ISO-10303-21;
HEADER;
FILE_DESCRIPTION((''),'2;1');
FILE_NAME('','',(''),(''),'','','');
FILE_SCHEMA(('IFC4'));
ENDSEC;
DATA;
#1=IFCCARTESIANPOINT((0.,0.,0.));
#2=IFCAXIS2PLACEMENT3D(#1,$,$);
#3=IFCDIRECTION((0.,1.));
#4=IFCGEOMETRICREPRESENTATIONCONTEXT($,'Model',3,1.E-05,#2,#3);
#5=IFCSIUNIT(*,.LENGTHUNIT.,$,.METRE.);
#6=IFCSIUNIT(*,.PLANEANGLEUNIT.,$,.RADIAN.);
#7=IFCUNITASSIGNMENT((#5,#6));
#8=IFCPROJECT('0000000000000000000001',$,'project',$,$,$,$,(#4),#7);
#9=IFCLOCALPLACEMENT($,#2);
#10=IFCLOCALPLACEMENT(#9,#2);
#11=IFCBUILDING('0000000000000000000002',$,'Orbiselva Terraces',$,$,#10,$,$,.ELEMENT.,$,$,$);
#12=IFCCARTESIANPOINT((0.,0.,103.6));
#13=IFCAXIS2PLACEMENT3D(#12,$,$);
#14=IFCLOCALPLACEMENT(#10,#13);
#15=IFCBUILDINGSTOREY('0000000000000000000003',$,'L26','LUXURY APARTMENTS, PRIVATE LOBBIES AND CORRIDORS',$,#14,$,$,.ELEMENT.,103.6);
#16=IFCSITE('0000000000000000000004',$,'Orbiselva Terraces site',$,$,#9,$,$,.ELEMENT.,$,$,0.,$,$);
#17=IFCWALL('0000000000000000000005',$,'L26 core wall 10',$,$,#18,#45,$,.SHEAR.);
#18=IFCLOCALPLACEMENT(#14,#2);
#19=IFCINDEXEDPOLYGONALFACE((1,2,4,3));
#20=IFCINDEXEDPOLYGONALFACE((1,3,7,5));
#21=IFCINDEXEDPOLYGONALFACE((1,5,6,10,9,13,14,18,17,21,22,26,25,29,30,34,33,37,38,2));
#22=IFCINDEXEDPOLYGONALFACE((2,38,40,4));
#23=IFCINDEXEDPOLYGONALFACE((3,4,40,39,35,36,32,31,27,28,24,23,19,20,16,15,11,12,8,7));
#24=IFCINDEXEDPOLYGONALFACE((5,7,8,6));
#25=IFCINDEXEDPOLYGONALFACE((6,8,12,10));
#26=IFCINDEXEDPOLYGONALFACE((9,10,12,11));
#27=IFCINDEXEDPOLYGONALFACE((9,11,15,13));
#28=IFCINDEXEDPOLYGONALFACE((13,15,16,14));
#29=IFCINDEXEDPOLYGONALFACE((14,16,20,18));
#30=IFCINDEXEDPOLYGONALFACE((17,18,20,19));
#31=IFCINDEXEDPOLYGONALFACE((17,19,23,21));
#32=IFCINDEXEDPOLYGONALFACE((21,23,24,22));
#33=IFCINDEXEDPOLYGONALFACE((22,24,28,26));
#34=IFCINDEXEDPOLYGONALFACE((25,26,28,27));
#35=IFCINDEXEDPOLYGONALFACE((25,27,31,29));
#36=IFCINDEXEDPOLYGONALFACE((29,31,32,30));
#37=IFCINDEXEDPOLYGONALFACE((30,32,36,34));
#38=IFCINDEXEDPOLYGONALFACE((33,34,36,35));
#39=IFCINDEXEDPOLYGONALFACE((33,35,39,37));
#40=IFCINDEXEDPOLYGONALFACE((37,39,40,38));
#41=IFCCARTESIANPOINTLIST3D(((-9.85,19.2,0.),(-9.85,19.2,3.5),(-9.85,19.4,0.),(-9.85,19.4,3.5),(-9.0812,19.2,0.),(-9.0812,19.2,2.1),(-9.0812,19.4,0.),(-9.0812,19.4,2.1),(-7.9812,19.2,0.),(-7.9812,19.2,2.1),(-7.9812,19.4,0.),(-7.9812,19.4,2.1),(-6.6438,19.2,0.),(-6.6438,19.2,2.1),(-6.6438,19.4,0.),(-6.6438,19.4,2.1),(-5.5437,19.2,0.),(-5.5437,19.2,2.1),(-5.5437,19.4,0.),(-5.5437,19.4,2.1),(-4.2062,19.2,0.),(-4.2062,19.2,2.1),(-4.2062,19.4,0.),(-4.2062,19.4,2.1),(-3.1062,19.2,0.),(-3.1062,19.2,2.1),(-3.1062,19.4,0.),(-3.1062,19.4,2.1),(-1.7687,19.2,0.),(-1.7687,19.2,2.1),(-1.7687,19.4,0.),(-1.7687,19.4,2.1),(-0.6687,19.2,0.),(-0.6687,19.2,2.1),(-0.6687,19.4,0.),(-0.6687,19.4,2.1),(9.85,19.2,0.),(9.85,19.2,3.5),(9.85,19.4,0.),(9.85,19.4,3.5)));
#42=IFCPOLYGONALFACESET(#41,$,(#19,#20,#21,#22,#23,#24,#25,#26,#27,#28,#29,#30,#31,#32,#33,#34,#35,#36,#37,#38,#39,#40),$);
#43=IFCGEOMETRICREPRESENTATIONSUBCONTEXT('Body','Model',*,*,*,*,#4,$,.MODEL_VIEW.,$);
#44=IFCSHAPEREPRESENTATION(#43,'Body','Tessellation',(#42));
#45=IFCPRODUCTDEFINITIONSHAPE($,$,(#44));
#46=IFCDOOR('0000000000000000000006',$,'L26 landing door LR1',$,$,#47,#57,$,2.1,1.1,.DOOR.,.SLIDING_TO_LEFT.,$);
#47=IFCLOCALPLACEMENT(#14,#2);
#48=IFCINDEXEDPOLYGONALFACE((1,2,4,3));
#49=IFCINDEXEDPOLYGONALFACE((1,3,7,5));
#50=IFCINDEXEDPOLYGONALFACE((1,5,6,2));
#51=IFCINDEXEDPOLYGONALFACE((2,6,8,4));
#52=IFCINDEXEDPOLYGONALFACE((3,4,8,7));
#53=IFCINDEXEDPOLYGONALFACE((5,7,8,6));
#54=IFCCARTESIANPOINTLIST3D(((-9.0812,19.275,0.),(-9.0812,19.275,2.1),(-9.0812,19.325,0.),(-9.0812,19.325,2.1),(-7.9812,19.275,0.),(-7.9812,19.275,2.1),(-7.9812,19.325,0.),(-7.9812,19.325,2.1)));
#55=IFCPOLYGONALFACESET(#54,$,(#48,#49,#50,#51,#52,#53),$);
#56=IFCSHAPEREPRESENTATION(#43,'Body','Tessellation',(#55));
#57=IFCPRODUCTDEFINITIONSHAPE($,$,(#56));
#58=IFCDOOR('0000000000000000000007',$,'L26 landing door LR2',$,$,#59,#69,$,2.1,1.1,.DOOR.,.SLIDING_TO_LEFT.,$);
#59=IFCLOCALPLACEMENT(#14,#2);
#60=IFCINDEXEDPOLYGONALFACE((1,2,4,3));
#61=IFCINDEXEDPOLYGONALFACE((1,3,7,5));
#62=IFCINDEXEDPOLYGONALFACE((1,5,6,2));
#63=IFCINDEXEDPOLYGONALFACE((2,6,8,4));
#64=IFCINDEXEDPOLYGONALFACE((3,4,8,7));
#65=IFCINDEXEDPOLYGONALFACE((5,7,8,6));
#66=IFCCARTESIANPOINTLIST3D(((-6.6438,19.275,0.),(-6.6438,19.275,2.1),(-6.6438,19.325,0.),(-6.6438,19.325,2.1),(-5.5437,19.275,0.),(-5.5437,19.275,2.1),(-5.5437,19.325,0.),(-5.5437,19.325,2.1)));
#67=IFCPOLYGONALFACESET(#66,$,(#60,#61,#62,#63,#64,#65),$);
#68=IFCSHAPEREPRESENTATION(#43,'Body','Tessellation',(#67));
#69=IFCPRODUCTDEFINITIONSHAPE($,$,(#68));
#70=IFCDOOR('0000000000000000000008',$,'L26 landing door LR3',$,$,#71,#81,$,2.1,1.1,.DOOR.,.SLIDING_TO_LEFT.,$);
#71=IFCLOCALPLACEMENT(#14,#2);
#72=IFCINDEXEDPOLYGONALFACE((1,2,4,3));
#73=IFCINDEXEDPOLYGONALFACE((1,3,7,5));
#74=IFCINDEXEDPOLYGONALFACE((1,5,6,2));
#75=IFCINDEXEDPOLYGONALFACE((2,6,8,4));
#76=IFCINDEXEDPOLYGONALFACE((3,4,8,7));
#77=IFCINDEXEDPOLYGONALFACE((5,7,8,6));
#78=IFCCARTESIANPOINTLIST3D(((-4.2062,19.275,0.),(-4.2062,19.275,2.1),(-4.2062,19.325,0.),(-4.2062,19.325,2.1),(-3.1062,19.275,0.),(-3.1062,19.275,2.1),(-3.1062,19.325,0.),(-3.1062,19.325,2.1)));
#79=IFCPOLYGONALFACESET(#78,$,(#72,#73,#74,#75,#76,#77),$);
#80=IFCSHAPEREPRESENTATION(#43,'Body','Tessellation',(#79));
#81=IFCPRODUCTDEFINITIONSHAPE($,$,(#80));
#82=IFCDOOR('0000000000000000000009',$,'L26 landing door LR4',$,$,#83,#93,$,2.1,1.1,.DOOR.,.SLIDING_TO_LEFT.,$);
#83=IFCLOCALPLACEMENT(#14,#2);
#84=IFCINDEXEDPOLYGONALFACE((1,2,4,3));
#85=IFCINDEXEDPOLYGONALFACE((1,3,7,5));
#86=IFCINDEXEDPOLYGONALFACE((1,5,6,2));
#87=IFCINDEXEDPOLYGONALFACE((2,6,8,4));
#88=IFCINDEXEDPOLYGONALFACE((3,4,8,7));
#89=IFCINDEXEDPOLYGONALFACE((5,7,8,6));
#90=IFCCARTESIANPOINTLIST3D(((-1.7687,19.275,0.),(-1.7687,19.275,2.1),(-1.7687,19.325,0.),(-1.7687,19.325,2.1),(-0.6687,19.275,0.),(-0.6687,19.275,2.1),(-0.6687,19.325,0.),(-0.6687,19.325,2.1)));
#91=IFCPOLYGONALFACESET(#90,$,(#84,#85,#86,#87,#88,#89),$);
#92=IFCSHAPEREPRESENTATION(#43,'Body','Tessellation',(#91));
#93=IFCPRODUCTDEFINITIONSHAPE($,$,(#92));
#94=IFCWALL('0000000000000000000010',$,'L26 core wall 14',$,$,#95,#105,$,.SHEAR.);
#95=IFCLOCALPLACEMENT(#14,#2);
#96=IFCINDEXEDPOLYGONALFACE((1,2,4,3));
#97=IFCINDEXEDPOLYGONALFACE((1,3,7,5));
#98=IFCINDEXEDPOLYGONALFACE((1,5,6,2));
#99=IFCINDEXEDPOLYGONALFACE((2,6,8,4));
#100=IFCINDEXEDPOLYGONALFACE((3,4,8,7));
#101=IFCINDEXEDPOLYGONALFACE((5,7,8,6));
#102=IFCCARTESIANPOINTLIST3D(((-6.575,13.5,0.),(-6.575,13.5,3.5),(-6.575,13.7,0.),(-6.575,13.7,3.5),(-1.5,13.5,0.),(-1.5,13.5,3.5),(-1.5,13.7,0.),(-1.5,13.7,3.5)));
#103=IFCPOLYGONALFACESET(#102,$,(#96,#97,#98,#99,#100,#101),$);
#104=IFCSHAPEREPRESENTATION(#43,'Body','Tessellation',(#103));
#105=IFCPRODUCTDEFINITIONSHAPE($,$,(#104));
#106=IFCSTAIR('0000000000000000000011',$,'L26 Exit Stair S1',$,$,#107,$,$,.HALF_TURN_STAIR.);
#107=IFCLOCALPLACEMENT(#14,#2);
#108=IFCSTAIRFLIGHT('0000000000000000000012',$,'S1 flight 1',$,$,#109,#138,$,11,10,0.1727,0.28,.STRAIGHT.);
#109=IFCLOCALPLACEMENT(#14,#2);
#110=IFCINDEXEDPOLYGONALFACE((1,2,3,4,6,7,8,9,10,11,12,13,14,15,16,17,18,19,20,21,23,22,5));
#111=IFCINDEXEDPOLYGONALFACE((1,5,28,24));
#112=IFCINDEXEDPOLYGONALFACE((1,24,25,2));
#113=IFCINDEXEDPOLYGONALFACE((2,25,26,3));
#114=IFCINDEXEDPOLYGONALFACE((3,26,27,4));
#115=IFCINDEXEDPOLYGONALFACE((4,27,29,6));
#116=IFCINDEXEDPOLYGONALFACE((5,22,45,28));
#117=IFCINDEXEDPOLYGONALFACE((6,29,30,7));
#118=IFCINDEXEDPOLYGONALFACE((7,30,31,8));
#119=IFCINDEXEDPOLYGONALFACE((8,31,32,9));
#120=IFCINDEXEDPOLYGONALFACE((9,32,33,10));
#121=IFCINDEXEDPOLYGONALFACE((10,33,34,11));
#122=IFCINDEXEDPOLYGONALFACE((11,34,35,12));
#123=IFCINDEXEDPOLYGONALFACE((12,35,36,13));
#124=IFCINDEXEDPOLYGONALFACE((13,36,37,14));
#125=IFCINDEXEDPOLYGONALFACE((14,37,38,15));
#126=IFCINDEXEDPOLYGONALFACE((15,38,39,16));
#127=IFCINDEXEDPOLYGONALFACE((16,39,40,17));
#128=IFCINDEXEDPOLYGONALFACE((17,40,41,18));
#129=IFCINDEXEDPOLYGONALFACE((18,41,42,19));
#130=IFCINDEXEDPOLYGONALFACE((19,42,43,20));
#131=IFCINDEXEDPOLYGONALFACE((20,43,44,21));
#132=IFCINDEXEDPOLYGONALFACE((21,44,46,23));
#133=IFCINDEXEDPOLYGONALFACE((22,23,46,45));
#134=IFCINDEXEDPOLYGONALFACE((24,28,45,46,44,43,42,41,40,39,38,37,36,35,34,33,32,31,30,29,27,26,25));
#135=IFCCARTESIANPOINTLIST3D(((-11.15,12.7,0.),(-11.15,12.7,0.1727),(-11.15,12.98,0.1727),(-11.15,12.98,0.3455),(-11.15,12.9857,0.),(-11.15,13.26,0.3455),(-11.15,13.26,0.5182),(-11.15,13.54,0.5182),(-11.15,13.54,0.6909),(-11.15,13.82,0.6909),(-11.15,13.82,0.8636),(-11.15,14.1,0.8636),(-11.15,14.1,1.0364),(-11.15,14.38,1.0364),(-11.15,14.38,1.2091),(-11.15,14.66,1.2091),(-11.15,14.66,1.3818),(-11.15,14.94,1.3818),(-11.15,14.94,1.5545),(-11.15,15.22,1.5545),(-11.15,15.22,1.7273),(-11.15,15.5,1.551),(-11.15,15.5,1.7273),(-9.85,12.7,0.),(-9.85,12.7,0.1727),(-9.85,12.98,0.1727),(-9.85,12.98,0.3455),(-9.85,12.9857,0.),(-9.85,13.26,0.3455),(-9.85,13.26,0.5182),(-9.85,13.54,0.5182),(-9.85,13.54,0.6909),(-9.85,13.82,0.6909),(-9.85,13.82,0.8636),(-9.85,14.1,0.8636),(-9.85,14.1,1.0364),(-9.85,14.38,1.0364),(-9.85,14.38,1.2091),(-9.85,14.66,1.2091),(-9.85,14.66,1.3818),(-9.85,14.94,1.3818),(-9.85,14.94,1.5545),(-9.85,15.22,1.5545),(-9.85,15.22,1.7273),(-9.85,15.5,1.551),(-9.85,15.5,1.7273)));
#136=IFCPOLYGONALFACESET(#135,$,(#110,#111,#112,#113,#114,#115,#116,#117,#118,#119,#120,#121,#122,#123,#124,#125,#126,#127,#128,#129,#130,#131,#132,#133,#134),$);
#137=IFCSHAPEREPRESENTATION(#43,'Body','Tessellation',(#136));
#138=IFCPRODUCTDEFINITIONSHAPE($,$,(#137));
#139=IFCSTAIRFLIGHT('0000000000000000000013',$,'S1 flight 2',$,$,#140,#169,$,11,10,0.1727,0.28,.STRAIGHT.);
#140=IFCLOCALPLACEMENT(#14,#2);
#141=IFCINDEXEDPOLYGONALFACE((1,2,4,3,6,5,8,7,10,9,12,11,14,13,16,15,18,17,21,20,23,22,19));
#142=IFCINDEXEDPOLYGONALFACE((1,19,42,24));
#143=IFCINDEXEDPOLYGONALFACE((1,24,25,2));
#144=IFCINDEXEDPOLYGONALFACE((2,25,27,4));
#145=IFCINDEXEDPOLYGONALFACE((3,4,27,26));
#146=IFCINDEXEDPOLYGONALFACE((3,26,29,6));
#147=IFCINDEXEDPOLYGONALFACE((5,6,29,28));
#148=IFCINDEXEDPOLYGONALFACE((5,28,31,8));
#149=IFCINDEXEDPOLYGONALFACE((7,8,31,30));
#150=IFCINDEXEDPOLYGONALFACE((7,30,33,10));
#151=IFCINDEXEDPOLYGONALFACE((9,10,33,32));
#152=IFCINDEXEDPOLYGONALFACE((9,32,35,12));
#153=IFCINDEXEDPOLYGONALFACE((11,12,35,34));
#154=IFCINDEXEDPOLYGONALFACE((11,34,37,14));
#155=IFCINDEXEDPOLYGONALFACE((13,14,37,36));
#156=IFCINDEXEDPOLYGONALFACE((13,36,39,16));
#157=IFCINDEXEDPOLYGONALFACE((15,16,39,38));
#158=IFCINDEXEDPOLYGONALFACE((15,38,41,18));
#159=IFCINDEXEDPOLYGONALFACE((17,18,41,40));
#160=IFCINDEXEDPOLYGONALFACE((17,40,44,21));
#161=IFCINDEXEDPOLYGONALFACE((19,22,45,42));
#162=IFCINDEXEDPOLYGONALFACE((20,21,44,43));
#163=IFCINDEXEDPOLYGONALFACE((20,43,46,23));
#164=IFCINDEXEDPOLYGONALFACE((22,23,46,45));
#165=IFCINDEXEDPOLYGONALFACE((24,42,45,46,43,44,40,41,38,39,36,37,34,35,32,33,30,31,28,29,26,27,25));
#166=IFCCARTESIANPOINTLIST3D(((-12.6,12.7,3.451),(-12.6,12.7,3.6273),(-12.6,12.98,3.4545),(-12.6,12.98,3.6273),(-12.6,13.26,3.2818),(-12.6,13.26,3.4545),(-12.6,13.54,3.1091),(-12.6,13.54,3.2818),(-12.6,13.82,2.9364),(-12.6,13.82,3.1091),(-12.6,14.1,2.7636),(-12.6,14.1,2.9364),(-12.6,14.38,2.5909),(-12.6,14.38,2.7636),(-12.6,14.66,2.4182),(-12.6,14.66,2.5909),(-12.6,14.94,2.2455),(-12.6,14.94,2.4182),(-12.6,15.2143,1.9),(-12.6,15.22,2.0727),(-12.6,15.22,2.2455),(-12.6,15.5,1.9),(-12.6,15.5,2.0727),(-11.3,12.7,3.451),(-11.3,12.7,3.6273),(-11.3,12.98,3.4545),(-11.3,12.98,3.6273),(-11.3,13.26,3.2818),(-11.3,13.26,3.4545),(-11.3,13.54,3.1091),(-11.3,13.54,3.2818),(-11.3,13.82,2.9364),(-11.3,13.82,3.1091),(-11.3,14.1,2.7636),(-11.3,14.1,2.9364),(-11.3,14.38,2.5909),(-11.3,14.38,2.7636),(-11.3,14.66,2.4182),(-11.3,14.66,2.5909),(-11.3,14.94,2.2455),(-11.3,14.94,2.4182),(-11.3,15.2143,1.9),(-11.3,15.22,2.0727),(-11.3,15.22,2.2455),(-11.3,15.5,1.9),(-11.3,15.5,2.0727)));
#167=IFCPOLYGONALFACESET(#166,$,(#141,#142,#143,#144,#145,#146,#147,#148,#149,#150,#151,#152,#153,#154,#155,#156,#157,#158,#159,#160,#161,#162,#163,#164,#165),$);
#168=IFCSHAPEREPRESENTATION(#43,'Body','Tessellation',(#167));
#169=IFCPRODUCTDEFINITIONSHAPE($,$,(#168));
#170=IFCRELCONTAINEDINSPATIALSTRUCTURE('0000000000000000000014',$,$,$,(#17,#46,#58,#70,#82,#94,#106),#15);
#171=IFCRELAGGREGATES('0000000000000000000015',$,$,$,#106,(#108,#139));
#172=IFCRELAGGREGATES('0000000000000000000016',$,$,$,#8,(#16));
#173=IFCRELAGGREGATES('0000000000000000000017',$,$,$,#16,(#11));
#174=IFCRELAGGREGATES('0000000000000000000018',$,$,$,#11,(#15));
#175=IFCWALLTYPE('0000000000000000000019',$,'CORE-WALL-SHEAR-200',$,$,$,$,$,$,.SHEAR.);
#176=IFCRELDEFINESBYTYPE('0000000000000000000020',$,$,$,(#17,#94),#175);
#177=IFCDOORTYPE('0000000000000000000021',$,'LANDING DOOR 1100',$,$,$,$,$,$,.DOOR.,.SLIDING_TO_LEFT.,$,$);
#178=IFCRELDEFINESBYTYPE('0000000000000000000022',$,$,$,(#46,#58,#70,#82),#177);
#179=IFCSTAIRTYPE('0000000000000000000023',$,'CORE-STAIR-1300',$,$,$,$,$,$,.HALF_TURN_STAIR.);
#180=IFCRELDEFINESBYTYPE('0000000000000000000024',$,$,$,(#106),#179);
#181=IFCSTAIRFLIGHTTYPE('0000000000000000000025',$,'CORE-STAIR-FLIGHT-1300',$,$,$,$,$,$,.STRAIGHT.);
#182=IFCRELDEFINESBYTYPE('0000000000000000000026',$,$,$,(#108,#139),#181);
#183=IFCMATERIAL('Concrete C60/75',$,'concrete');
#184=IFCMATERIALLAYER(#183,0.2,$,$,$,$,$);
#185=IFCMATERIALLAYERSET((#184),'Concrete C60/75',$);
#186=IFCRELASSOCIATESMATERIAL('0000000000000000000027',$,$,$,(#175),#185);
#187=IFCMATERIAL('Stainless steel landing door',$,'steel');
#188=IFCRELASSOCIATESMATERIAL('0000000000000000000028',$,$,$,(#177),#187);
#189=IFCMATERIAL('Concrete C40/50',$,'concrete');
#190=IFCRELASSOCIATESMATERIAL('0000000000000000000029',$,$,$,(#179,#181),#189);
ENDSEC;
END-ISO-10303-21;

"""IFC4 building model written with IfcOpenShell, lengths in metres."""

from ifc_helpers import new_model, si_unit, direction, frame, frame_2d, origin, place, context, subcontext, project, spatial, polyline, rectangle, outline, extrude, material, layer, layer_set, type_object, element, fill, aggregate, save


model = new_model("IFC4")

# Units and contexts
model_context = context("Model", 3, precision=1e-05, world=origin(), true_north=direction((0.0, 1.0)))
body_context = subcontext(model_context, "Body", "Model", "MODEL_VIEW")
ifc_project = project(units=[si_unit("LENGTHUNIT", "METRE"), si_unit("PLANEANGLEUNIT", "RADIAN")], contexts=[model_context])

# Site, building, storey
site_placement = place(None, origin())
site = spatial("IfcSite", under=ifc_project, at=site_placement, Name="Orbiselva Terraces site", CompositionType="ELEMENT", RefElevation=0.0)
building_placement = place(site_placement, origin())
building = spatial("IfcBuilding", under=site, at=building_placement, Name="Orbiselva Terraces", CompositionType="ELEMENT")
storey_placement = place(building_placement, frame((0.0, 0.0, 103.6)))
storey = spatial("IfcBuildingStorey", under=building, at=storey_placement, Name="L26", Description="LUXURY APARTMENTS, PRIVATE LOBBIES AND CORRIDORS", CompositionType="ELEMENT", Elevation=103.6)

# Shared definitions
ifc_material_1 = material(Name="Concrete C40/50", Category="concrete")

# Shared definitions
ifc_material_2 = material(Name="Concrete C60/75", Category="concrete")
ifc_layer_1 = layer(ifc_material_2, 0.2)
ifc_layer_set_1 = layer_set([ifc_layer_1], Name="Concrete C60/75")
wall_type_1 = type_object("IfcWallType", Name="CORE-WALL-SHEAR-200", PredefinedType="SHEAR", material=ifc_layer_set_1)

# Wall, openings, doors
wall_1_placement = place(storey_placement, frame((-9.85, 19.3, 0.0), z_axis=(0.0, 0.0, 1.0), x_axis=(1.0, 0.0, 0.0)))
wall_1 = element("IfcWall", 1, at=wall_1_placement, inside=storey, type_object=wall_type_1, Name="L26 core wall 10", PredefinedType="SHEAR", context=body_context, shape_type="SweptSolid", body=[
    extrude(rectangle(XDim=19.7, YDim=0.2, at=frame_2d((9.85, 0.0))), origin(), (0.0, 0.0, 1.0), 3.5),
])
opening_1_placement = place(wall_1_placement, frame((0.7688, 0.0, 0.0)))
opening_1 = element("IfcOpeningElement", 2, at=opening_1_placement, cuts=wall_1, PredefinedType="OPENING", context=body_context, shape_type="SweptSolid", body=[
    extrude(rectangle(XDim=1.1, YDim=2.1, at=frame_2d((0.55, 1.05))), frame((0.0, 0.11, 0.0), z_axis=(0.0, -1.0, 0.0), x_axis=(1.0, 0.0, 0.0)), (0.0, 0.0, 1.0), 0.22),
])
opening_2_placement = place(wall_1_placement, frame((3.2062, 0.0, 0.0)))
opening_2 = element("IfcOpeningElement", 3, at=opening_2_placement, cuts=wall_1, PredefinedType="OPENING", context=body_context, shape_type="SweptSolid", body=[
    extrude(rectangle(XDim=1.1, YDim=2.1, at=frame_2d((0.55, 1.05))), frame((0.0, 0.11, 0.0), z_axis=(0.0, -1.0, 0.0), x_axis=(1.0, 0.0, 0.0)), (0.0, 0.0, 1.0), 0.22),
])
opening_3_placement = place(wall_1_placement, frame((5.6437, 0.0, 0.0)))
opening_3 = element("IfcOpeningElement", 4, at=opening_3_placement, cuts=wall_1, PredefinedType="OPENING", context=body_context, shape_type="SweptSolid", body=[
    extrude(rectangle(XDim=1.1, YDim=2.1, at=frame_2d((0.55, 1.05))), frame((0.0, 0.11, 0.0), z_axis=(0.0, -1.0, 0.0), x_axis=(1.0, 0.0, 0.0)), (0.0, 0.0, 1.0), 0.22),
])
opening_4_placement = place(wall_1_placement, frame((8.0813, 0.0, 0.0)))
opening_4 = element("IfcOpeningElement", 5, at=opening_4_placement, cuts=wall_1, PredefinedType="OPENING", context=body_context, shape_type="SweptSolid", body=[
    extrude(rectangle(XDim=1.1, YDim=2.1, at=frame_2d((0.55, 1.05))), frame((0.0, 0.11, 0.0), z_axis=(0.0, -1.0, 0.0), x_axis=(1.0, 0.0, 0.0)), (0.0, 0.0, 1.0), 0.22),
])
ifc_material_3 = material(Name="Stainless steel landing door", Category="steel")
door_type_1 = type_object("IfcDoorType", Name="LANDING DOOR 1100", OperationType="SLIDING_TO_LEFT", PredefinedType="DOOR", material=ifc_material_3)
door_1_placement = place(opening_1_placement, origin())
door_1 = element("IfcDoor", 6, at=door_1_placement, inside=storey, type_object=door_type_1, Name="L26 landing door LR1", OperationType="SLIDING_TO_LEFT", OverallHeight=2.1, OverallWidth=1.1, PredefinedType="DOOR", context=body_context, shape_type="SweptSolid", body=[
    extrude(rectangle(XDim=1.1, YDim=2.1, at=frame_2d((0.55, 1.05))), frame((0.0, 0.025, 0.0), z_axis=(0.0, -1.0, 0.0), x_axis=(1.0, 0.0, 0.0)), (0.0, 0.0, 1.0), 0.05),
])
fill(opening_1, door_1)
door_2_placement = place(opening_2_placement, origin())
door_2 = element("IfcDoor", 7, at=door_2_placement, inside=storey, type_object=door_type_1, Name="L26 landing door LR2", OperationType="SLIDING_TO_LEFT", OverallHeight=2.1, OverallWidth=1.1, PredefinedType="DOOR", context=body_context, shape_type="SweptSolid", body=[
    extrude(rectangle(XDim=1.1, YDim=2.1, at=frame_2d((0.55, 1.05))), frame((0.0, 0.025, 0.0), z_axis=(0.0, -1.0, 0.0), x_axis=(1.0, 0.0, 0.0)), (0.0, 0.0, 1.0), 0.05),
])
fill(opening_2, door_2)
door_3_placement = place(opening_3_placement, origin())
door_3 = element("IfcDoor", 8, at=door_3_placement, inside=storey, type_object=door_type_1, Name="L26 landing door LR3", OperationType="SLIDING_TO_LEFT", OverallHeight=2.1, OverallWidth=1.1, PredefinedType="DOOR", context=body_context, shape_type="SweptSolid", body=[
    extrude(rectangle(XDim=1.1, YDim=2.1, at=frame_2d((0.55, 1.05))), frame((0.0, 0.025, 0.0), z_axis=(0.0, -1.0, 0.0), x_axis=(1.0, 0.0, 0.0)), (0.0, 0.0, 1.0), 0.05),
])
fill(opening_3, door_3)
door_4_placement = place(opening_4_placement, origin())
door_4 = element("IfcDoor", 9, at=door_4_placement, inside=storey, type_object=door_type_1, Name="L26 landing door LR4", OperationType="SLIDING_TO_LEFT", OverallHeight=2.1, OverallWidth=1.1, PredefinedType="DOOR", context=body_context, shape_type="SweptSolid", body=[
    extrude(rectangle(XDim=1.1, YDim=2.1, at=frame_2d((0.55, 1.05))), frame((0.0, 0.025, 0.0), z_axis=(0.0, -1.0, 0.0), x_axis=(1.0, 0.0, 0.0)), (0.0, 0.0, 1.0), 0.05),
])
fill(opening_4, door_4)

# Wall
wall_2_placement = place(storey_placement, frame((-6.575, 13.6, 0.0), z_axis=(0.0, 0.0, 1.0), x_axis=(1.0, 0.0, 0.0)))
element("IfcWall", 10, at=wall_2_placement, inside=storey, type_object=wall_type_1, Name="L26 core wall 14", PredefinedType="SHEAR", context=body_context, shape_type="SweptSolid", body=[
    extrude(rectangle(XDim=5.075, YDim=0.2, at=frame_2d((2.5375, 0.0))), origin(), (0.0, 0.0, 1.0), 3.5),
])

# Stair, stair flights
stair_type = type_object("IfcStairType", Name="CORE-STAIR-1300", PredefinedType="HALF_TURN_STAIR", material=ifc_material_1)
stair_placement = place(storey_placement, origin())
stair = element("IfcStair", 11, at=stair_placement, inside=storey, type_object=stair_type, Name="L26 Exit Stair S1", PredefinedType="HALF_TURN_STAIR")
stair_flight_type = type_object("IfcStairFlightType", Name="CORE-STAIR-FLIGHT-1300", PredefinedType="STRAIGHT", material=ifc_material_1)
stair_flight_1_placement = place(storey_placement, frame((-10.5, 12.7, 0.0), z_axis=(0.0, 0.0, 1.0), x_axis=(0.0, 1.0, 0.0)))
stair_flight_1 = element("IfcStairFlight", 12, at=stair_flight_1_placement, type_object=stair_flight_type, Name="S1 flight 1", NumberOfRisers=11, NumberOfTreads=10, PredefinedType="STRAIGHT", RiserHeight=0.1727, TreadLength=0.28, context=body_context, shape_type="SweptSolid", body=[
    extrude(outline(polyline([(0.0, 0.0), (0.0, 0.1727), (0.28, 0.1727), (0.28, 0.3455), (0.56, 0.3455), (0.56, 0.5182), (0.84, 0.5182), (0.84, 0.6909), (1.12, 0.6909), (1.12, 0.8636), (1.4, 0.8636), (1.4, 1.0364), (1.68, 1.0364), (1.68, 1.2091), (1.96, 1.2091), (1.96, 1.3818), (2.24, 1.3818), (2.24, 1.5545), (2.52, 1.5545), (2.52, 1.7273), (2.8, 1.7273), (2.8, 1.9), (2.8, 1.551), (0.2857, 0.0), (0.0, 0.0)])), frame((0.0, 0.65, 0.0), z_axis=(0.0, -1.0, 0.0), x_axis=(1.0, 0.0, 0.0)), (0.0, 0.0, 1.0), 1.3),
])
stair_flight_2_placement = place(storey_placement, frame((-11.95, 15.5, 1.9), z_axis=(0.0, 0.0, 1.0), x_axis=(0.0, -1.0, 0.0)))
stair_flight_2 = element("IfcStairFlight", 13, at=stair_flight_2_placement, type_object=stair_flight_type, Name="S1 flight 2", NumberOfRisers=11, NumberOfTreads=10, PredefinedType="STRAIGHT", RiserHeight=0.1727, TreadLength=0.28, context=body_context, shape_type="SweptSolid", body=[
    extrude(outline(polyline([(0.0, 0.0), (0.0, 0.1727), (0.28, 0.1727), (0.28, 0.3455), (0.56, 0.3455), (0.56, 0.5182), (0.84, 0.5182), (0.84, 0.6909), (1.12, 0.6909), (1.12, 0.8636), (1.4, 0.8636), (1.4, 1.0364), (1.68, 1.0364), (1.68, 1.2091), (1.96, 1.2091), (1.96, 1.3818), (2.24, 1.3818), (2.24, 1.5545), (2.52, 1.5545), (2.52, 1.7273), (2.8, 1.7273), (2.8, 1.9), (2.8, 1.551), (0.2857, 0.0), (0.0, 0.0)])), frame((0.0, 0.65, 0.0), z_axis=(0.0, -1.0, 0.0), x_axis=(1.0, 0.0, 0.0)), (0.0, 0.0, 1.0), 1.3),
])
aggregate(stair, [stair_flight_1, stair_flight_2])

save(model, "model.ifc")
